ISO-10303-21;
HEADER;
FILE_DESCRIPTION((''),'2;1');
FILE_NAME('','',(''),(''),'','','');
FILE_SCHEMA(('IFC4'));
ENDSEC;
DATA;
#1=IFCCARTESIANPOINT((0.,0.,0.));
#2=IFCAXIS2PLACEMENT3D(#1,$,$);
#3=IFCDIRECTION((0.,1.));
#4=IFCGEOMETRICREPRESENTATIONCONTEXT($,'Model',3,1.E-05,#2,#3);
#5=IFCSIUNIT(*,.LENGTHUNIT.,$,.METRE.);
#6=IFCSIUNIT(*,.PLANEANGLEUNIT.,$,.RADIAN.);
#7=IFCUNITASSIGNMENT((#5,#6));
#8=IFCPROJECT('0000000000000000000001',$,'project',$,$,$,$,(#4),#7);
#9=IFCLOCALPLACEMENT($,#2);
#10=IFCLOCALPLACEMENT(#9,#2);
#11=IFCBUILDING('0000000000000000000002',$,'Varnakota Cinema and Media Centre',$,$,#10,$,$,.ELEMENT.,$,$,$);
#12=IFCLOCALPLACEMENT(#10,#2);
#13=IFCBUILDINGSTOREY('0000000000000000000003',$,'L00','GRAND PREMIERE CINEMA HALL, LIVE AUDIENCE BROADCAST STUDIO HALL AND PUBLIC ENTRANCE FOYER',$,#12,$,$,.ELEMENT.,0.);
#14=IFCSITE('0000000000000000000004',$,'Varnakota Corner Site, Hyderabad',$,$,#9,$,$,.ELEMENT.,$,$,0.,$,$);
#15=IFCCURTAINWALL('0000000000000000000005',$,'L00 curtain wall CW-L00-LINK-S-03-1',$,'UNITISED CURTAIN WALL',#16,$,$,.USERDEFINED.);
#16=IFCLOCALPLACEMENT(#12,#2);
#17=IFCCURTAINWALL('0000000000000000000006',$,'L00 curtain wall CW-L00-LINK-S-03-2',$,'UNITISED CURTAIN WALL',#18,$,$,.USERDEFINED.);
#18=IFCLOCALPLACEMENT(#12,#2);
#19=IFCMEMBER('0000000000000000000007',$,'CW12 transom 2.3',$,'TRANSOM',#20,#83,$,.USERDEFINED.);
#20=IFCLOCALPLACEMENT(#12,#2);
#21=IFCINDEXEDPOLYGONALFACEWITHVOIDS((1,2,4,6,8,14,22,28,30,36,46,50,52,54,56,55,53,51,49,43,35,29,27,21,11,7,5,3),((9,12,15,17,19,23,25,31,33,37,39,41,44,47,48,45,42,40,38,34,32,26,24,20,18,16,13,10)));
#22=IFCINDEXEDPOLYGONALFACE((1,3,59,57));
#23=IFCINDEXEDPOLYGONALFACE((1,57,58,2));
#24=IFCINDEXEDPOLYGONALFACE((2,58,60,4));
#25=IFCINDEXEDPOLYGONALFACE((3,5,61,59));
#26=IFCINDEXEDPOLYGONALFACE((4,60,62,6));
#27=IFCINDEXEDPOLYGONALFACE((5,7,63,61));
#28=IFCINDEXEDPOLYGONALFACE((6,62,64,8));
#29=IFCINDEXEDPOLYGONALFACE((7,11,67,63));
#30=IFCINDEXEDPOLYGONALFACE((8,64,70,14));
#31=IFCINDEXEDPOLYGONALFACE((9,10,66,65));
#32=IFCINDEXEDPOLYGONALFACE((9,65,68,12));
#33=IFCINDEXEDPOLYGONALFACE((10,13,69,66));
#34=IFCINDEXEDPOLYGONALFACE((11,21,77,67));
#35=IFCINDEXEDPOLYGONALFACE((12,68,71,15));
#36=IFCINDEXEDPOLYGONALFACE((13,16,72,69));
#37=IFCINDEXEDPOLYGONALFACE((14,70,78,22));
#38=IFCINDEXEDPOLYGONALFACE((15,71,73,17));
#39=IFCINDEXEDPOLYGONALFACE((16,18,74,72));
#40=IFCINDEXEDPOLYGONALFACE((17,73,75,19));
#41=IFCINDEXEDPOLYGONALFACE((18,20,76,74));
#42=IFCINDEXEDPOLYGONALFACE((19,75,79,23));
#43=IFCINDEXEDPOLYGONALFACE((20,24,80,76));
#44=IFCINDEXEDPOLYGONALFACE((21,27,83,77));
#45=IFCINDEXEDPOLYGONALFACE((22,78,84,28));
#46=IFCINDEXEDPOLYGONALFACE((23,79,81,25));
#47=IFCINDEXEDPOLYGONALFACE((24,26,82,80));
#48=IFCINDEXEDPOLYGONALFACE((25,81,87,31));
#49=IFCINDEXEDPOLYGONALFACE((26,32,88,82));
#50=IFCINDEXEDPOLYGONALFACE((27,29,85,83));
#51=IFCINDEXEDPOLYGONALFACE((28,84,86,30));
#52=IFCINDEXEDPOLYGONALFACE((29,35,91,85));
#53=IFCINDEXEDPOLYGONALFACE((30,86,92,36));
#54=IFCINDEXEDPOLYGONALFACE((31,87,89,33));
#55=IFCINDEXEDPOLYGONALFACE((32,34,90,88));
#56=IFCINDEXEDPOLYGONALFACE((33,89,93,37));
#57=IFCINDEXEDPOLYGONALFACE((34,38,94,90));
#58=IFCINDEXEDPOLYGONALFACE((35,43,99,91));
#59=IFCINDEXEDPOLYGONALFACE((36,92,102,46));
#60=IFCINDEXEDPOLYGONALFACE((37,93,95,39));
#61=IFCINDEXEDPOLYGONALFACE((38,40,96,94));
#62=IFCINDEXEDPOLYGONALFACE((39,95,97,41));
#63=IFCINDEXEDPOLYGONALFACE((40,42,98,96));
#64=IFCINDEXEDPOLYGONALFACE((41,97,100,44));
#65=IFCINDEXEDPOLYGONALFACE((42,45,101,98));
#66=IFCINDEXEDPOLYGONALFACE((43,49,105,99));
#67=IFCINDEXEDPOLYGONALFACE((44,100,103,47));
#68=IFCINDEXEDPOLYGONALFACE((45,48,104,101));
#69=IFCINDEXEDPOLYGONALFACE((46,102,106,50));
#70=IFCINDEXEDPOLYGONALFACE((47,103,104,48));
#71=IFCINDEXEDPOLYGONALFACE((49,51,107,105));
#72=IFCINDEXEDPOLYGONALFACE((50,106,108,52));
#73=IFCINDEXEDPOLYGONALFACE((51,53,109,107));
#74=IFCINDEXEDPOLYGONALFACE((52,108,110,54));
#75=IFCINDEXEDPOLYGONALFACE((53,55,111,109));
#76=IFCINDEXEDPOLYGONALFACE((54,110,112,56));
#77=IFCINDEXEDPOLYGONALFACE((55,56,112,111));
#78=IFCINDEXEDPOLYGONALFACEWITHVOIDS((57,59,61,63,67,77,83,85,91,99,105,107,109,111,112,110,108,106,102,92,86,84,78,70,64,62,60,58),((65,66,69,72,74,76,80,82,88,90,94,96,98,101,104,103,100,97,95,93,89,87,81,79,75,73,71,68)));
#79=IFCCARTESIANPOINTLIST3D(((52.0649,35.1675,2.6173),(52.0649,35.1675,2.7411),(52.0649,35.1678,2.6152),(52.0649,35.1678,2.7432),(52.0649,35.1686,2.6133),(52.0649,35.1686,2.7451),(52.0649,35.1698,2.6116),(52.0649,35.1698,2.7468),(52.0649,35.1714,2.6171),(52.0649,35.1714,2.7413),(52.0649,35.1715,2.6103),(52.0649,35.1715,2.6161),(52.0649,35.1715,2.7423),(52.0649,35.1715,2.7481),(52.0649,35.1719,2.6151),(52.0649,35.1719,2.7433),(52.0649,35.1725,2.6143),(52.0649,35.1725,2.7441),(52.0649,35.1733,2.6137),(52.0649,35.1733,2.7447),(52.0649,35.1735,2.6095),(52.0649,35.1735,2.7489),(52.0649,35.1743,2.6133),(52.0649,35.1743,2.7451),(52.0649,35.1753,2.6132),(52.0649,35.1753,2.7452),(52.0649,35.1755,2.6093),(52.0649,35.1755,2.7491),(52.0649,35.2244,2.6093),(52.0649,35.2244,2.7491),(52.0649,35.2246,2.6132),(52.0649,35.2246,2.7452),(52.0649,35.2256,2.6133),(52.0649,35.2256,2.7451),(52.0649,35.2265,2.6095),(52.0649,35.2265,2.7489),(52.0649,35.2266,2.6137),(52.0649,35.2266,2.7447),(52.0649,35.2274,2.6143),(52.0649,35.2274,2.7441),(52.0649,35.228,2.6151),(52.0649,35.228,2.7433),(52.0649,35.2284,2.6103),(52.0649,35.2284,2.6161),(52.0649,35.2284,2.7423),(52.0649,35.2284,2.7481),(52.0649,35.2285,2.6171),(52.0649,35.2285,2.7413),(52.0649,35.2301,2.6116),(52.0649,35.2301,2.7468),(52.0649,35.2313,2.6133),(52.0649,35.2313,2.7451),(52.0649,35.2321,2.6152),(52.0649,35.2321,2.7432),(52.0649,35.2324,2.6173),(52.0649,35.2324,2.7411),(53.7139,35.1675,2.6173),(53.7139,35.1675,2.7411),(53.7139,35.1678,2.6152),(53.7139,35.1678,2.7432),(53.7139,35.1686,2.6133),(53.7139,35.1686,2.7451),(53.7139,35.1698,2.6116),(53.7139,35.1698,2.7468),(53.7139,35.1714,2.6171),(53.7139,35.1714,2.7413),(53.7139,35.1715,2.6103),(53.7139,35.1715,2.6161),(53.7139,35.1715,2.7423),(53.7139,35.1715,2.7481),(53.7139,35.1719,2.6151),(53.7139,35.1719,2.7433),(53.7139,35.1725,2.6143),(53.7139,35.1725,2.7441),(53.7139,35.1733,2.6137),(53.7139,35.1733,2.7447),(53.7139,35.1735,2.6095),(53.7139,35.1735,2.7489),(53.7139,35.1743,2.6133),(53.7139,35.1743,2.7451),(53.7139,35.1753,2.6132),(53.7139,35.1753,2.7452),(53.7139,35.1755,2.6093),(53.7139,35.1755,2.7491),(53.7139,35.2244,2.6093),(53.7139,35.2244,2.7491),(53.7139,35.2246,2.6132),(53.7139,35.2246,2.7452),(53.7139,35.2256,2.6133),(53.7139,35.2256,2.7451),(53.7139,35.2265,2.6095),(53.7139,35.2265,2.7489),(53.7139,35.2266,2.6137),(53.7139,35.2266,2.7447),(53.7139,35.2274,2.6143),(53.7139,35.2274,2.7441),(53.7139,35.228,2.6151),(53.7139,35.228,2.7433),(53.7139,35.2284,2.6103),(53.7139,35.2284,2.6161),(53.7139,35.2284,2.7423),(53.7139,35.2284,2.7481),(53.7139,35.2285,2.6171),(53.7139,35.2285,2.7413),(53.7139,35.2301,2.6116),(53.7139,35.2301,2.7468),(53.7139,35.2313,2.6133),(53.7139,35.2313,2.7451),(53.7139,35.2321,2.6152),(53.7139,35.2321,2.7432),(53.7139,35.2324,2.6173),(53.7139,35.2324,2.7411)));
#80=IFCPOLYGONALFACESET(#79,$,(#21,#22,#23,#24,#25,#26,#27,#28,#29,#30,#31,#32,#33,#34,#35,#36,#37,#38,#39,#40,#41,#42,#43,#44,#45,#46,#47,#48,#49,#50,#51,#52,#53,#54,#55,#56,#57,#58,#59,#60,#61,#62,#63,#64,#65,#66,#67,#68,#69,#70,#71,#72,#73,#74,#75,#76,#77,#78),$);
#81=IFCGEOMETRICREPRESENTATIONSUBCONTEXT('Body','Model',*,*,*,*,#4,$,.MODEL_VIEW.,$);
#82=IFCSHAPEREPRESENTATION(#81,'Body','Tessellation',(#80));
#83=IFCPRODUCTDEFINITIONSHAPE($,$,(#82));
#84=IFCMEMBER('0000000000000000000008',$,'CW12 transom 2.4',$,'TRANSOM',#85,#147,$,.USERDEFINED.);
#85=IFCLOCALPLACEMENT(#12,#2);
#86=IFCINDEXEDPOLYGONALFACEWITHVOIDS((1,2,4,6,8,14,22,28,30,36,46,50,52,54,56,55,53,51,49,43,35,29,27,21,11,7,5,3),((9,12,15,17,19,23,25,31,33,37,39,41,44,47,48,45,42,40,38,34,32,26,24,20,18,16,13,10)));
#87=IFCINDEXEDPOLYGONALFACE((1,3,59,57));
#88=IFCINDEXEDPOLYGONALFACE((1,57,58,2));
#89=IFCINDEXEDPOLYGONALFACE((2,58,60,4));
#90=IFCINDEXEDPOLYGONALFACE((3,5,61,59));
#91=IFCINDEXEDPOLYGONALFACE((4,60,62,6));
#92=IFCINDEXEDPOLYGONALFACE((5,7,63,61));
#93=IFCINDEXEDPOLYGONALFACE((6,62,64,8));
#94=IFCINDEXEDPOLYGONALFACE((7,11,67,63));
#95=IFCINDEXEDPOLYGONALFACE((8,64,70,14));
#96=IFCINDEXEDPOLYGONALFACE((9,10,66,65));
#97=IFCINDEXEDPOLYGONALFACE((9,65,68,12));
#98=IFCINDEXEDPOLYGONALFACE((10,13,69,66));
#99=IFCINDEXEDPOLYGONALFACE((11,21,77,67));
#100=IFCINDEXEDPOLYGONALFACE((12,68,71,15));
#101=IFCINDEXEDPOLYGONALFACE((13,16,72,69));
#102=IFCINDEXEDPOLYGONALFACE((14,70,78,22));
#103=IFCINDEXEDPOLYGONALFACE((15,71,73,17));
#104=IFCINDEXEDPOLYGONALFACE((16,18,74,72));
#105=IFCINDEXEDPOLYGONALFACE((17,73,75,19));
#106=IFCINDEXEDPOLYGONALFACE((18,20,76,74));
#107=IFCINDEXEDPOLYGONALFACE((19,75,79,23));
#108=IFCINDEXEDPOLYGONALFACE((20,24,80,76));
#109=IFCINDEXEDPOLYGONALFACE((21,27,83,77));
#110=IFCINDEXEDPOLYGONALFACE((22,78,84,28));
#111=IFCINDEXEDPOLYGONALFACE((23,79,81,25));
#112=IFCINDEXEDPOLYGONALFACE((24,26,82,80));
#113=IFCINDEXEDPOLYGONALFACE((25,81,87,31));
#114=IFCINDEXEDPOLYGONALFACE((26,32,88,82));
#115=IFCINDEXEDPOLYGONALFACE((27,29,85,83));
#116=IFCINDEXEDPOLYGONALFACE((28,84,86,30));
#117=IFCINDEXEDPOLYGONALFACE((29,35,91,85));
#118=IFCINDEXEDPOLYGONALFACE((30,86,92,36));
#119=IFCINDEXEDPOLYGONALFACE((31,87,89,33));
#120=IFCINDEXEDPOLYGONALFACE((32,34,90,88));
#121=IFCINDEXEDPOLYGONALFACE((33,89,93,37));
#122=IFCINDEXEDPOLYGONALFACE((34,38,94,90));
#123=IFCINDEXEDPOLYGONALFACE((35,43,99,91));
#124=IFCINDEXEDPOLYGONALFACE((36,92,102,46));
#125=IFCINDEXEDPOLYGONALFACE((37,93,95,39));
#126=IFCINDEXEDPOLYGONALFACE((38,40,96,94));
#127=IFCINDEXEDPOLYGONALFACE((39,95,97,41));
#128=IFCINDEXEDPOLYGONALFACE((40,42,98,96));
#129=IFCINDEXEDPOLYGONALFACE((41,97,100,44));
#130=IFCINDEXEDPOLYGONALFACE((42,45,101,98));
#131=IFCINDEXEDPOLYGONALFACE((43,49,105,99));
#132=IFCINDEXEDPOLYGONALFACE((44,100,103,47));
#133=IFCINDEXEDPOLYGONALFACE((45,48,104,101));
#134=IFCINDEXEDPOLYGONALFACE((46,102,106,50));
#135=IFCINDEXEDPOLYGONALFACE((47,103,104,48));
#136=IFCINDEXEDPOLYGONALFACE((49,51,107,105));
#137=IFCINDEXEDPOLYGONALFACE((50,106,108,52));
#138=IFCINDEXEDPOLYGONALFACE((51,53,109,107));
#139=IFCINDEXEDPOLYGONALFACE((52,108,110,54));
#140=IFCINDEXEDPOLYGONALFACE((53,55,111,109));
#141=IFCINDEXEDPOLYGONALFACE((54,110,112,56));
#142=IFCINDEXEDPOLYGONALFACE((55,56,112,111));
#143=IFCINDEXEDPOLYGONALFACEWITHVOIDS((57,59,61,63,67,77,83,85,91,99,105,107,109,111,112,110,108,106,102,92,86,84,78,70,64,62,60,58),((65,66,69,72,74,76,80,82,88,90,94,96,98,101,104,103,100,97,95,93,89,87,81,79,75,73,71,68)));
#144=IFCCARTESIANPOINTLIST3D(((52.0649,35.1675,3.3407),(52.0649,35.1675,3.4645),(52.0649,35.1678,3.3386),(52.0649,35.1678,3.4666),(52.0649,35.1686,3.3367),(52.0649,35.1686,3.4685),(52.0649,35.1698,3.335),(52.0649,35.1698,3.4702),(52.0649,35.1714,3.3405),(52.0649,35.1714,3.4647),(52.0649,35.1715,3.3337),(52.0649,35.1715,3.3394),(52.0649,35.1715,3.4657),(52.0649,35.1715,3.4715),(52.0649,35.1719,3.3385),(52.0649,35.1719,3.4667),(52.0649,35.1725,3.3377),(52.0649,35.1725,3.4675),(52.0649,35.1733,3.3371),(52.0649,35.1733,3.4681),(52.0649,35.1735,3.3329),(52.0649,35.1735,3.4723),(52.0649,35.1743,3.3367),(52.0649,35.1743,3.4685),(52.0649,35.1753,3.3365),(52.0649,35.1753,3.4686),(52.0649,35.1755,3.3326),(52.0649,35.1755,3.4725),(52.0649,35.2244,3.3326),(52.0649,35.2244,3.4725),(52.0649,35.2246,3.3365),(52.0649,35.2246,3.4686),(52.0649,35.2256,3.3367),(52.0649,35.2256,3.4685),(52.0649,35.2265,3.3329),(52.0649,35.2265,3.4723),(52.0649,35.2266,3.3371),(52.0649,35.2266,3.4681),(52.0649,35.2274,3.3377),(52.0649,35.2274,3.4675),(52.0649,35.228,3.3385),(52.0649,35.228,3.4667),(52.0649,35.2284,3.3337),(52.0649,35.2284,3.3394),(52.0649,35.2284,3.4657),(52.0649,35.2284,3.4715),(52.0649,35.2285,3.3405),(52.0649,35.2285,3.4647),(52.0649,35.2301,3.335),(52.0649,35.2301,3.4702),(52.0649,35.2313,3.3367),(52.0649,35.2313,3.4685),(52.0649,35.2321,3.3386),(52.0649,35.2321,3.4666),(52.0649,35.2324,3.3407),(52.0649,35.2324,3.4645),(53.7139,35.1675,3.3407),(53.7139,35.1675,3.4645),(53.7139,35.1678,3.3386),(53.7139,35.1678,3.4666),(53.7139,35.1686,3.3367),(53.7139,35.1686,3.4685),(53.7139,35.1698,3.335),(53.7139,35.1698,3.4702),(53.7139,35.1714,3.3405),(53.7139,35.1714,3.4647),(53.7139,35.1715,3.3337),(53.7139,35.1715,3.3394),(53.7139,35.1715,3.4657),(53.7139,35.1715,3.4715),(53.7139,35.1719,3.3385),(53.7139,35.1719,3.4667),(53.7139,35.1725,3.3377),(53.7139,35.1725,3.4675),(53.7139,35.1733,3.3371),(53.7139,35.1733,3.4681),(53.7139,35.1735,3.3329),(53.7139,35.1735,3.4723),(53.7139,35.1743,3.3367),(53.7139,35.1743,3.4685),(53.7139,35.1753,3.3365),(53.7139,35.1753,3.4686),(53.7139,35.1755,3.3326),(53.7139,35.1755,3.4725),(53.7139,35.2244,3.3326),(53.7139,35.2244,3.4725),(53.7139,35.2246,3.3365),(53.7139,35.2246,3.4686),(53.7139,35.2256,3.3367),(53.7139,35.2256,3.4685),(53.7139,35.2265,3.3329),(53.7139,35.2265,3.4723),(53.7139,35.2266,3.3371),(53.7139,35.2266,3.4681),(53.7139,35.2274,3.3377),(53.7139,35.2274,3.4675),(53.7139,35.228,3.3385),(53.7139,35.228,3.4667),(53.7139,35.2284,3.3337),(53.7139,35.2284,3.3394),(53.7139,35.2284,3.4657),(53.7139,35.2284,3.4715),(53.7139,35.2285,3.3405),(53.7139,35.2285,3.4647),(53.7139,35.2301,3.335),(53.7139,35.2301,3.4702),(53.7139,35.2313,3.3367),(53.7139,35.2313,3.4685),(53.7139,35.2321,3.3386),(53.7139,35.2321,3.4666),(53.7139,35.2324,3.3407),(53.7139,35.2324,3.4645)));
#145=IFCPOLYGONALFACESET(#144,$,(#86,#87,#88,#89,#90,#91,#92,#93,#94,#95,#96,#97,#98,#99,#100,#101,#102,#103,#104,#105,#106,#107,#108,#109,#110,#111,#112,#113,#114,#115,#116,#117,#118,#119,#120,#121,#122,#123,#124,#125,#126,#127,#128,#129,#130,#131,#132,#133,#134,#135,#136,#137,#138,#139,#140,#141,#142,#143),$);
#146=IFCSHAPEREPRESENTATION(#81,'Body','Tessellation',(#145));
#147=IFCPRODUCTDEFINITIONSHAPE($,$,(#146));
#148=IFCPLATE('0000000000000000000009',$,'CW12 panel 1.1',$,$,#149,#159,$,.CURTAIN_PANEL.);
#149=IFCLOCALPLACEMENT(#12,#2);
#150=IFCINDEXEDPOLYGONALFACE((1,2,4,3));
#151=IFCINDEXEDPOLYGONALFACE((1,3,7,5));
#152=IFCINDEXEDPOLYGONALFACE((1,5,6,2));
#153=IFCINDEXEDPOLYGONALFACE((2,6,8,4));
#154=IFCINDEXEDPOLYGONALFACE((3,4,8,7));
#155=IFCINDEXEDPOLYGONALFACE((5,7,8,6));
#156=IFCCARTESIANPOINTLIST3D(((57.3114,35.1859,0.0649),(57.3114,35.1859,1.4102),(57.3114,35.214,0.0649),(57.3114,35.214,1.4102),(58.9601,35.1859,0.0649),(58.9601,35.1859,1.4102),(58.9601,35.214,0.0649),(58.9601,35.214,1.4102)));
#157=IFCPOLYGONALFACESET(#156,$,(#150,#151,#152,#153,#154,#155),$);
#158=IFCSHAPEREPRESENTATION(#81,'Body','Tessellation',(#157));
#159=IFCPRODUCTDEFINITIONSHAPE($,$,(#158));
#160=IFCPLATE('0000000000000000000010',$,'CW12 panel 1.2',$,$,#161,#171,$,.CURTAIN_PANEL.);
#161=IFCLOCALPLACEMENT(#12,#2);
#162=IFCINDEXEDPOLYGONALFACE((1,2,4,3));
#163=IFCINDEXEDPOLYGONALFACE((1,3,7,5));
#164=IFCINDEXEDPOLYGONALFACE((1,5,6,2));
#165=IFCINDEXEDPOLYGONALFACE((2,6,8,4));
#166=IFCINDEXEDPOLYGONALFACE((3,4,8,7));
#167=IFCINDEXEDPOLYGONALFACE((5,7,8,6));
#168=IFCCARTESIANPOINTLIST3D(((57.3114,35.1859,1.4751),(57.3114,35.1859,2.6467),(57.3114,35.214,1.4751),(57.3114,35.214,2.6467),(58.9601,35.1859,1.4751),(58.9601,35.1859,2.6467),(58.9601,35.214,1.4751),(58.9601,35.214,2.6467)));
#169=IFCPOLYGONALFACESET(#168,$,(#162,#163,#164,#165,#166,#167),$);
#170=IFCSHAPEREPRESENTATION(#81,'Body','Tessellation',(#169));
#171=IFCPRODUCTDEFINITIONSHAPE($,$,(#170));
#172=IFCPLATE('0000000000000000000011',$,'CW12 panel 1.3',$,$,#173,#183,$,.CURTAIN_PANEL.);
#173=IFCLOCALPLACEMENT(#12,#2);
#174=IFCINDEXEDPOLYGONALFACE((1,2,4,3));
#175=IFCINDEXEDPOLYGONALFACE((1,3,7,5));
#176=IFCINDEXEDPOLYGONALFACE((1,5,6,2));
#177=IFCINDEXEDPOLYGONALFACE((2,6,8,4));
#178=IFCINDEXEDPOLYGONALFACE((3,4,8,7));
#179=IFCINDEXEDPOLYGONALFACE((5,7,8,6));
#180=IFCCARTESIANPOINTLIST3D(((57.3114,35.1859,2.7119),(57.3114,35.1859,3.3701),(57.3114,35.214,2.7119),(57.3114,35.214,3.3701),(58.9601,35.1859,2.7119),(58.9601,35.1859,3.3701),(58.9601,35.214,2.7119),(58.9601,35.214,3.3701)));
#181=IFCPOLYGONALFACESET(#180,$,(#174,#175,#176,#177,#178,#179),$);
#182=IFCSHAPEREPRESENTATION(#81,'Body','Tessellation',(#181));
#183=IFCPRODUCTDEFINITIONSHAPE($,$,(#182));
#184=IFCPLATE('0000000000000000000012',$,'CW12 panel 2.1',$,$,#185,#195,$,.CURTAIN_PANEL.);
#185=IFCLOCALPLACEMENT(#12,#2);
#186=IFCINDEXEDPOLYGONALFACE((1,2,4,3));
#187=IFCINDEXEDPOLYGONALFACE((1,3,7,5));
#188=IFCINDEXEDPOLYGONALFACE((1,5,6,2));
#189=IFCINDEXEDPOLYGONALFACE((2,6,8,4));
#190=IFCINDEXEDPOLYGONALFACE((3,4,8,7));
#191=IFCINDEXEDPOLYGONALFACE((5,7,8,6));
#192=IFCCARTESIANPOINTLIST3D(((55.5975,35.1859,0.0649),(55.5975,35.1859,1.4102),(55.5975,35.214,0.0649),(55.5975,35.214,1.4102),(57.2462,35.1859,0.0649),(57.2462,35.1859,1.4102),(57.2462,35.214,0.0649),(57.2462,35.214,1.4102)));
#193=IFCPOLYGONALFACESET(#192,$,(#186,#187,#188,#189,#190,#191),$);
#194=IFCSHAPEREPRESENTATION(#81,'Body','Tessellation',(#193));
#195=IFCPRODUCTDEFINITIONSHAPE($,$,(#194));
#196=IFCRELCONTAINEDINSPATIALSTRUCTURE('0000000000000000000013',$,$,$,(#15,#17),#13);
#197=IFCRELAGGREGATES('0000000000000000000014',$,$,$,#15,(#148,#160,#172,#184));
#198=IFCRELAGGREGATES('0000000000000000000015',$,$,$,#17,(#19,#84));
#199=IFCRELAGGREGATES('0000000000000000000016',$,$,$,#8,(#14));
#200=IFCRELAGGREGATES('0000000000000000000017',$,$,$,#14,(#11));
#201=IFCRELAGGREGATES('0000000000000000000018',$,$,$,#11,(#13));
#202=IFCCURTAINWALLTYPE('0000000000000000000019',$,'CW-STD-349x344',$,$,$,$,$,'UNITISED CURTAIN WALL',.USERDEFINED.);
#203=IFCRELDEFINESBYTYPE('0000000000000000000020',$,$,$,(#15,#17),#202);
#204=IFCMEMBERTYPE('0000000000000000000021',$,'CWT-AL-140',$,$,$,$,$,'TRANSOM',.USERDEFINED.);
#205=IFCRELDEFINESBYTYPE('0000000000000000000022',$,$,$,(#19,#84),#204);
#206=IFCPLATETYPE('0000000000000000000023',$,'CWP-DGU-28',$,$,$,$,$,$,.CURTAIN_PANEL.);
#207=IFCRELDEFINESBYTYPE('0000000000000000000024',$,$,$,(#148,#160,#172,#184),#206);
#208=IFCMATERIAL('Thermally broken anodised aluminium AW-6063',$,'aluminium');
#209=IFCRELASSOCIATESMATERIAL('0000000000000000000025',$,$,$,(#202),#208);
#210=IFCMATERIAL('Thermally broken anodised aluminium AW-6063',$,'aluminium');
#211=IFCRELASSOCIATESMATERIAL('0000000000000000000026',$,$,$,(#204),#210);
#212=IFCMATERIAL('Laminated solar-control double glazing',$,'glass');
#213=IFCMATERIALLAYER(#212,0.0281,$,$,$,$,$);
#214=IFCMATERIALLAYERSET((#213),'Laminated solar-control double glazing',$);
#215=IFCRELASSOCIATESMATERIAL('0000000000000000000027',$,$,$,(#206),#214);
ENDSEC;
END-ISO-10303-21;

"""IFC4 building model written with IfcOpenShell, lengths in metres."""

from ifc_helpers import new_model, si_unit, direction, frame, origin, origin_2d, place, context, subcontext, project, spatial, rectangle, hollow_rectangle, extrude, material, layer, layer_set, material_profile, profile_set, type_object, element, aggregate, save


model = new_model("IFC4")

# Units and contexts
model_context = context("Model", 3, precision=1e-05, world=origin(), true_north=direction((0.0, 1.0)))
body_context = subcontext(model_context, "Body", "Model", "MODEL_VIEW")
ifc_project = project(units=[si_unit("LENGTHUNIT", "METRE"), si_unit("PLANEANGLEUNIT", "RADIAN")], contexts=[model_context])

# Site, building, storey
site_placement = place(None, origin())
site = spatial("IfcSite", under=ifc_project, at=site_placement, Name="Varnakota Corner Site, Hyderabad", CompositionType="ELEMENT", RefElevation=0.0)
building_placement = place(site_placement, origin())
building = spatial("IfcBuilding", under=site, at=building_placement, Name="Varnakota Cinema and Media Centre", CompositionType="ELEMENT")
storey_placement = place(building_placement, origin())
storey = spatial("IfcBuildingStorey", under=building, at=storey_placement, Name="L00", Description="GRAND PREMIERE CINEMA HALL, LIVE AUDIENCE BROADCAST STUDIO HALL AND PUBLIC ENTRANCE FOYER", CompositionType="ELEMENT", Elevation=0.0)

# Curtain walls
ifc_material_1 = material(Name="Thermally broken anodised aluminium AW-6063", Category="aluminium")
curtain_wall_type = type_object("IfcCurtainWallType", Name="CW-STD-349x344", ElementType="UNITISED CURTAIN WALL", PredefinedType="USERDEFINED", material=ifc_material_1)
curtain_wall_1_placement = place(storey_placement, origin())
curtain_wall_1 = element("IfcCurtainWall", 1, at=curtain_wall_1_placement, inside=storey, type_object=curtain_wall_type, Name="L00 curtain wall CW-L00-LINK-S-03-1", ObjectType="UNITISED CURTAIN WALL", PredefinedType="USERDEFINED")
curtain_wall_2_placement = place(storey_placement, origin())
curtain_wall_2 = element("IfcCurtainWall", 2, at=curtain_wall_2_placement, inside=storey, type_object=curtain_wall_type, Name="L00 curtain wall CW-L00-LINK-S-03-2", ObjectType="UNITISED CURTAIN WALL", PredefinedType="USERDEFINED")

# Members
ifc_material_2 = material(Name="Thermally broken anodised aluminium AW-6063", Category="aluminium")
ifc_material_profile_1 = material_profile(ifc_material_2, hollow_rectangle(XDim=0.0649, YDim=0.1399, WallThickness=0.0039, InnerFilletRadius=0.0039, OuterFilletRadius=0.0081, at=origin_2d()), Name="AL-TRANSOM 140x65x4")
ifc_profile_set_1 = profile_set([ifc_material_profile_1], Name="Thermally broken anodised aluminium AW-6063")
member_type_1 = type_object("IfcMemberType", Name="CWT-AL-140", ElementType="TRANSOM", PredefinedType="USERDEFINED", material=ifc_profile_set_1)
member_1_placement = place(storey_placement, frame((53.7139, 35.2, 2.6792), z_axis=(-1.0, 0.0, 0.0), x_axis=(0.0, -1.0, 0.0)))
member_1 = element("IfcMember", 3, at=member_1_placement, type_object=member_type_1, Name="CW12 transom 2.3", ObjectType="TRANSOM", PredefinedType="USERDEFINED", context=body_context, shape_type="SweptSolid", body=[
    extrude(hollow_rectangle(XDim=0.0649, YDim=0.1399, WallThickness=0.0039, InnerFilletRadius=0.0039, OuterFilletRadius=0.0081, at=origin_2d()), origin(), (0.0, 0.0, 1.0), 1.6489),
])
member_2_placement = place(storey_placement, frame((53.7139, 35.2, 3.4026), z_axis=(-1.0, 0.0, 0.0), x_axis=(0.0, -1.0, 0.0)))
member_2 = element("IfcMember", 4, at=member_2_placement, type_object=member_type_1, Name="CW12 transom 2.4", ObjectType="TRANSOM", PredefinedType="USERDEFINED", context=body_context, shape_type="SweptSolid", body=[
    extrude(hollow_rectangle(XDim=0.0649, YDim=0.1399, WallThickness=0.0039, InnerFilletRadius=0.0039, OuterFilletRadius=0.0081, at=origin_2d()), origin(), (0.0, 0.0, 1.0), 1.6489),
])

# Plates
ifc_material_3 = material(Name="Laminated solar-control double glazing", Category="glass")
ifc_layer = layer(ifc_material_3, 0.0281)
ifc_layer_set = layer_set([ifc_layer], Name="Laminated solar-control double glazing")
plate_type = type_object("IfcPlateType", Name="CWP-DGU-28", PredefinedType="CURTAIN_PANEL", material=ifc_layer_set)
plate_1_placement = place(storey_placement, frame((58.1357, 35.2, 0.0649), z_axis=(0.0, 0.0, 1.0), x_axis=(-1.0, 0.0, 0.0)))
plate_1 = element("IfcPlate", 5, at=plate_1_placement, type_object=plate_type, Name="CW12 panel 1.1", PredefinedType="CURTAIN_PANEL", context=body_context, shape_type="SweptSolid", body=[
    extrude(rectangle(XDim=1.6487, YDim=0.0281, at=origin_2d()), origin(), (0.0, 0.0, 1.0), 1.3452),
])
plate_2_placement = place(storey_placement, frame((58.1357, 35.2, 1.4751), z_axis=(0.0, 0.0, 1.0), x_axis=(-1.0, 0.0, 0.0)))
plate_2 = element("IfcPlate", 6, at=plate_2_placement, type_object=plate_type, Name="CW12 panel 1.2", PredefinedType="CURTAIN_PANEL", context=body_context, shape_type="SweptSolid", body=[
    extrude(rectangle(XDim=1.6487, YDim=0.0281, at=origin_2d()), origin(), (0.0, 0.0, 1.0), 1.1716),
])
plate_3_placement = place(storey_placement, frame((58.1357, 35.2, 2.7119), z_axis=(0.0, 0.0, 1.0), x_axis=(-1.0, 0.0, 0.0)))
plate_3 = element("IfcPlate", 7, at=plate_3_placement, type_object=plate_type, Name="CW12 panel 1.3", PredefinedType="CURTAIN_PANEL", context=body_context, shape_type="SweptSolid", body=[
    extrude(rectangle(XDim=1.6487, YDim=0.0281, at=origin_2d()), origin(), (0.0, 0.0, 1.0), 0.6582),
])
plate_4_placement = place(storey_placement, frame((56.4219, 35.2, 0.0649), z_axis=(0.0, 0.0, 1.0), x_axis=(-1.0, 0.0, 0.0)))
plate_4 = element("IfcPlate", 8, at=plate_4_placement, type_object=plate_type, Name="CW12 panel 2.1", PredefinedType="CURTAIN_PANEL", context=body_context, shape_type="SweptSolid", body=[
    extrude(rectangle(XDim=1.6487, YDim=0.0281, at=origin_2d()), origin(), (0.0, 0.0, 1.0), 1.3452),
])
aggregate(curtain_wall_1, [plate_1, plate_2, plate_3, plate_4])
aggregate(curtain_wall_2, [member_1, member_2])

save(model, "model.ifc")
